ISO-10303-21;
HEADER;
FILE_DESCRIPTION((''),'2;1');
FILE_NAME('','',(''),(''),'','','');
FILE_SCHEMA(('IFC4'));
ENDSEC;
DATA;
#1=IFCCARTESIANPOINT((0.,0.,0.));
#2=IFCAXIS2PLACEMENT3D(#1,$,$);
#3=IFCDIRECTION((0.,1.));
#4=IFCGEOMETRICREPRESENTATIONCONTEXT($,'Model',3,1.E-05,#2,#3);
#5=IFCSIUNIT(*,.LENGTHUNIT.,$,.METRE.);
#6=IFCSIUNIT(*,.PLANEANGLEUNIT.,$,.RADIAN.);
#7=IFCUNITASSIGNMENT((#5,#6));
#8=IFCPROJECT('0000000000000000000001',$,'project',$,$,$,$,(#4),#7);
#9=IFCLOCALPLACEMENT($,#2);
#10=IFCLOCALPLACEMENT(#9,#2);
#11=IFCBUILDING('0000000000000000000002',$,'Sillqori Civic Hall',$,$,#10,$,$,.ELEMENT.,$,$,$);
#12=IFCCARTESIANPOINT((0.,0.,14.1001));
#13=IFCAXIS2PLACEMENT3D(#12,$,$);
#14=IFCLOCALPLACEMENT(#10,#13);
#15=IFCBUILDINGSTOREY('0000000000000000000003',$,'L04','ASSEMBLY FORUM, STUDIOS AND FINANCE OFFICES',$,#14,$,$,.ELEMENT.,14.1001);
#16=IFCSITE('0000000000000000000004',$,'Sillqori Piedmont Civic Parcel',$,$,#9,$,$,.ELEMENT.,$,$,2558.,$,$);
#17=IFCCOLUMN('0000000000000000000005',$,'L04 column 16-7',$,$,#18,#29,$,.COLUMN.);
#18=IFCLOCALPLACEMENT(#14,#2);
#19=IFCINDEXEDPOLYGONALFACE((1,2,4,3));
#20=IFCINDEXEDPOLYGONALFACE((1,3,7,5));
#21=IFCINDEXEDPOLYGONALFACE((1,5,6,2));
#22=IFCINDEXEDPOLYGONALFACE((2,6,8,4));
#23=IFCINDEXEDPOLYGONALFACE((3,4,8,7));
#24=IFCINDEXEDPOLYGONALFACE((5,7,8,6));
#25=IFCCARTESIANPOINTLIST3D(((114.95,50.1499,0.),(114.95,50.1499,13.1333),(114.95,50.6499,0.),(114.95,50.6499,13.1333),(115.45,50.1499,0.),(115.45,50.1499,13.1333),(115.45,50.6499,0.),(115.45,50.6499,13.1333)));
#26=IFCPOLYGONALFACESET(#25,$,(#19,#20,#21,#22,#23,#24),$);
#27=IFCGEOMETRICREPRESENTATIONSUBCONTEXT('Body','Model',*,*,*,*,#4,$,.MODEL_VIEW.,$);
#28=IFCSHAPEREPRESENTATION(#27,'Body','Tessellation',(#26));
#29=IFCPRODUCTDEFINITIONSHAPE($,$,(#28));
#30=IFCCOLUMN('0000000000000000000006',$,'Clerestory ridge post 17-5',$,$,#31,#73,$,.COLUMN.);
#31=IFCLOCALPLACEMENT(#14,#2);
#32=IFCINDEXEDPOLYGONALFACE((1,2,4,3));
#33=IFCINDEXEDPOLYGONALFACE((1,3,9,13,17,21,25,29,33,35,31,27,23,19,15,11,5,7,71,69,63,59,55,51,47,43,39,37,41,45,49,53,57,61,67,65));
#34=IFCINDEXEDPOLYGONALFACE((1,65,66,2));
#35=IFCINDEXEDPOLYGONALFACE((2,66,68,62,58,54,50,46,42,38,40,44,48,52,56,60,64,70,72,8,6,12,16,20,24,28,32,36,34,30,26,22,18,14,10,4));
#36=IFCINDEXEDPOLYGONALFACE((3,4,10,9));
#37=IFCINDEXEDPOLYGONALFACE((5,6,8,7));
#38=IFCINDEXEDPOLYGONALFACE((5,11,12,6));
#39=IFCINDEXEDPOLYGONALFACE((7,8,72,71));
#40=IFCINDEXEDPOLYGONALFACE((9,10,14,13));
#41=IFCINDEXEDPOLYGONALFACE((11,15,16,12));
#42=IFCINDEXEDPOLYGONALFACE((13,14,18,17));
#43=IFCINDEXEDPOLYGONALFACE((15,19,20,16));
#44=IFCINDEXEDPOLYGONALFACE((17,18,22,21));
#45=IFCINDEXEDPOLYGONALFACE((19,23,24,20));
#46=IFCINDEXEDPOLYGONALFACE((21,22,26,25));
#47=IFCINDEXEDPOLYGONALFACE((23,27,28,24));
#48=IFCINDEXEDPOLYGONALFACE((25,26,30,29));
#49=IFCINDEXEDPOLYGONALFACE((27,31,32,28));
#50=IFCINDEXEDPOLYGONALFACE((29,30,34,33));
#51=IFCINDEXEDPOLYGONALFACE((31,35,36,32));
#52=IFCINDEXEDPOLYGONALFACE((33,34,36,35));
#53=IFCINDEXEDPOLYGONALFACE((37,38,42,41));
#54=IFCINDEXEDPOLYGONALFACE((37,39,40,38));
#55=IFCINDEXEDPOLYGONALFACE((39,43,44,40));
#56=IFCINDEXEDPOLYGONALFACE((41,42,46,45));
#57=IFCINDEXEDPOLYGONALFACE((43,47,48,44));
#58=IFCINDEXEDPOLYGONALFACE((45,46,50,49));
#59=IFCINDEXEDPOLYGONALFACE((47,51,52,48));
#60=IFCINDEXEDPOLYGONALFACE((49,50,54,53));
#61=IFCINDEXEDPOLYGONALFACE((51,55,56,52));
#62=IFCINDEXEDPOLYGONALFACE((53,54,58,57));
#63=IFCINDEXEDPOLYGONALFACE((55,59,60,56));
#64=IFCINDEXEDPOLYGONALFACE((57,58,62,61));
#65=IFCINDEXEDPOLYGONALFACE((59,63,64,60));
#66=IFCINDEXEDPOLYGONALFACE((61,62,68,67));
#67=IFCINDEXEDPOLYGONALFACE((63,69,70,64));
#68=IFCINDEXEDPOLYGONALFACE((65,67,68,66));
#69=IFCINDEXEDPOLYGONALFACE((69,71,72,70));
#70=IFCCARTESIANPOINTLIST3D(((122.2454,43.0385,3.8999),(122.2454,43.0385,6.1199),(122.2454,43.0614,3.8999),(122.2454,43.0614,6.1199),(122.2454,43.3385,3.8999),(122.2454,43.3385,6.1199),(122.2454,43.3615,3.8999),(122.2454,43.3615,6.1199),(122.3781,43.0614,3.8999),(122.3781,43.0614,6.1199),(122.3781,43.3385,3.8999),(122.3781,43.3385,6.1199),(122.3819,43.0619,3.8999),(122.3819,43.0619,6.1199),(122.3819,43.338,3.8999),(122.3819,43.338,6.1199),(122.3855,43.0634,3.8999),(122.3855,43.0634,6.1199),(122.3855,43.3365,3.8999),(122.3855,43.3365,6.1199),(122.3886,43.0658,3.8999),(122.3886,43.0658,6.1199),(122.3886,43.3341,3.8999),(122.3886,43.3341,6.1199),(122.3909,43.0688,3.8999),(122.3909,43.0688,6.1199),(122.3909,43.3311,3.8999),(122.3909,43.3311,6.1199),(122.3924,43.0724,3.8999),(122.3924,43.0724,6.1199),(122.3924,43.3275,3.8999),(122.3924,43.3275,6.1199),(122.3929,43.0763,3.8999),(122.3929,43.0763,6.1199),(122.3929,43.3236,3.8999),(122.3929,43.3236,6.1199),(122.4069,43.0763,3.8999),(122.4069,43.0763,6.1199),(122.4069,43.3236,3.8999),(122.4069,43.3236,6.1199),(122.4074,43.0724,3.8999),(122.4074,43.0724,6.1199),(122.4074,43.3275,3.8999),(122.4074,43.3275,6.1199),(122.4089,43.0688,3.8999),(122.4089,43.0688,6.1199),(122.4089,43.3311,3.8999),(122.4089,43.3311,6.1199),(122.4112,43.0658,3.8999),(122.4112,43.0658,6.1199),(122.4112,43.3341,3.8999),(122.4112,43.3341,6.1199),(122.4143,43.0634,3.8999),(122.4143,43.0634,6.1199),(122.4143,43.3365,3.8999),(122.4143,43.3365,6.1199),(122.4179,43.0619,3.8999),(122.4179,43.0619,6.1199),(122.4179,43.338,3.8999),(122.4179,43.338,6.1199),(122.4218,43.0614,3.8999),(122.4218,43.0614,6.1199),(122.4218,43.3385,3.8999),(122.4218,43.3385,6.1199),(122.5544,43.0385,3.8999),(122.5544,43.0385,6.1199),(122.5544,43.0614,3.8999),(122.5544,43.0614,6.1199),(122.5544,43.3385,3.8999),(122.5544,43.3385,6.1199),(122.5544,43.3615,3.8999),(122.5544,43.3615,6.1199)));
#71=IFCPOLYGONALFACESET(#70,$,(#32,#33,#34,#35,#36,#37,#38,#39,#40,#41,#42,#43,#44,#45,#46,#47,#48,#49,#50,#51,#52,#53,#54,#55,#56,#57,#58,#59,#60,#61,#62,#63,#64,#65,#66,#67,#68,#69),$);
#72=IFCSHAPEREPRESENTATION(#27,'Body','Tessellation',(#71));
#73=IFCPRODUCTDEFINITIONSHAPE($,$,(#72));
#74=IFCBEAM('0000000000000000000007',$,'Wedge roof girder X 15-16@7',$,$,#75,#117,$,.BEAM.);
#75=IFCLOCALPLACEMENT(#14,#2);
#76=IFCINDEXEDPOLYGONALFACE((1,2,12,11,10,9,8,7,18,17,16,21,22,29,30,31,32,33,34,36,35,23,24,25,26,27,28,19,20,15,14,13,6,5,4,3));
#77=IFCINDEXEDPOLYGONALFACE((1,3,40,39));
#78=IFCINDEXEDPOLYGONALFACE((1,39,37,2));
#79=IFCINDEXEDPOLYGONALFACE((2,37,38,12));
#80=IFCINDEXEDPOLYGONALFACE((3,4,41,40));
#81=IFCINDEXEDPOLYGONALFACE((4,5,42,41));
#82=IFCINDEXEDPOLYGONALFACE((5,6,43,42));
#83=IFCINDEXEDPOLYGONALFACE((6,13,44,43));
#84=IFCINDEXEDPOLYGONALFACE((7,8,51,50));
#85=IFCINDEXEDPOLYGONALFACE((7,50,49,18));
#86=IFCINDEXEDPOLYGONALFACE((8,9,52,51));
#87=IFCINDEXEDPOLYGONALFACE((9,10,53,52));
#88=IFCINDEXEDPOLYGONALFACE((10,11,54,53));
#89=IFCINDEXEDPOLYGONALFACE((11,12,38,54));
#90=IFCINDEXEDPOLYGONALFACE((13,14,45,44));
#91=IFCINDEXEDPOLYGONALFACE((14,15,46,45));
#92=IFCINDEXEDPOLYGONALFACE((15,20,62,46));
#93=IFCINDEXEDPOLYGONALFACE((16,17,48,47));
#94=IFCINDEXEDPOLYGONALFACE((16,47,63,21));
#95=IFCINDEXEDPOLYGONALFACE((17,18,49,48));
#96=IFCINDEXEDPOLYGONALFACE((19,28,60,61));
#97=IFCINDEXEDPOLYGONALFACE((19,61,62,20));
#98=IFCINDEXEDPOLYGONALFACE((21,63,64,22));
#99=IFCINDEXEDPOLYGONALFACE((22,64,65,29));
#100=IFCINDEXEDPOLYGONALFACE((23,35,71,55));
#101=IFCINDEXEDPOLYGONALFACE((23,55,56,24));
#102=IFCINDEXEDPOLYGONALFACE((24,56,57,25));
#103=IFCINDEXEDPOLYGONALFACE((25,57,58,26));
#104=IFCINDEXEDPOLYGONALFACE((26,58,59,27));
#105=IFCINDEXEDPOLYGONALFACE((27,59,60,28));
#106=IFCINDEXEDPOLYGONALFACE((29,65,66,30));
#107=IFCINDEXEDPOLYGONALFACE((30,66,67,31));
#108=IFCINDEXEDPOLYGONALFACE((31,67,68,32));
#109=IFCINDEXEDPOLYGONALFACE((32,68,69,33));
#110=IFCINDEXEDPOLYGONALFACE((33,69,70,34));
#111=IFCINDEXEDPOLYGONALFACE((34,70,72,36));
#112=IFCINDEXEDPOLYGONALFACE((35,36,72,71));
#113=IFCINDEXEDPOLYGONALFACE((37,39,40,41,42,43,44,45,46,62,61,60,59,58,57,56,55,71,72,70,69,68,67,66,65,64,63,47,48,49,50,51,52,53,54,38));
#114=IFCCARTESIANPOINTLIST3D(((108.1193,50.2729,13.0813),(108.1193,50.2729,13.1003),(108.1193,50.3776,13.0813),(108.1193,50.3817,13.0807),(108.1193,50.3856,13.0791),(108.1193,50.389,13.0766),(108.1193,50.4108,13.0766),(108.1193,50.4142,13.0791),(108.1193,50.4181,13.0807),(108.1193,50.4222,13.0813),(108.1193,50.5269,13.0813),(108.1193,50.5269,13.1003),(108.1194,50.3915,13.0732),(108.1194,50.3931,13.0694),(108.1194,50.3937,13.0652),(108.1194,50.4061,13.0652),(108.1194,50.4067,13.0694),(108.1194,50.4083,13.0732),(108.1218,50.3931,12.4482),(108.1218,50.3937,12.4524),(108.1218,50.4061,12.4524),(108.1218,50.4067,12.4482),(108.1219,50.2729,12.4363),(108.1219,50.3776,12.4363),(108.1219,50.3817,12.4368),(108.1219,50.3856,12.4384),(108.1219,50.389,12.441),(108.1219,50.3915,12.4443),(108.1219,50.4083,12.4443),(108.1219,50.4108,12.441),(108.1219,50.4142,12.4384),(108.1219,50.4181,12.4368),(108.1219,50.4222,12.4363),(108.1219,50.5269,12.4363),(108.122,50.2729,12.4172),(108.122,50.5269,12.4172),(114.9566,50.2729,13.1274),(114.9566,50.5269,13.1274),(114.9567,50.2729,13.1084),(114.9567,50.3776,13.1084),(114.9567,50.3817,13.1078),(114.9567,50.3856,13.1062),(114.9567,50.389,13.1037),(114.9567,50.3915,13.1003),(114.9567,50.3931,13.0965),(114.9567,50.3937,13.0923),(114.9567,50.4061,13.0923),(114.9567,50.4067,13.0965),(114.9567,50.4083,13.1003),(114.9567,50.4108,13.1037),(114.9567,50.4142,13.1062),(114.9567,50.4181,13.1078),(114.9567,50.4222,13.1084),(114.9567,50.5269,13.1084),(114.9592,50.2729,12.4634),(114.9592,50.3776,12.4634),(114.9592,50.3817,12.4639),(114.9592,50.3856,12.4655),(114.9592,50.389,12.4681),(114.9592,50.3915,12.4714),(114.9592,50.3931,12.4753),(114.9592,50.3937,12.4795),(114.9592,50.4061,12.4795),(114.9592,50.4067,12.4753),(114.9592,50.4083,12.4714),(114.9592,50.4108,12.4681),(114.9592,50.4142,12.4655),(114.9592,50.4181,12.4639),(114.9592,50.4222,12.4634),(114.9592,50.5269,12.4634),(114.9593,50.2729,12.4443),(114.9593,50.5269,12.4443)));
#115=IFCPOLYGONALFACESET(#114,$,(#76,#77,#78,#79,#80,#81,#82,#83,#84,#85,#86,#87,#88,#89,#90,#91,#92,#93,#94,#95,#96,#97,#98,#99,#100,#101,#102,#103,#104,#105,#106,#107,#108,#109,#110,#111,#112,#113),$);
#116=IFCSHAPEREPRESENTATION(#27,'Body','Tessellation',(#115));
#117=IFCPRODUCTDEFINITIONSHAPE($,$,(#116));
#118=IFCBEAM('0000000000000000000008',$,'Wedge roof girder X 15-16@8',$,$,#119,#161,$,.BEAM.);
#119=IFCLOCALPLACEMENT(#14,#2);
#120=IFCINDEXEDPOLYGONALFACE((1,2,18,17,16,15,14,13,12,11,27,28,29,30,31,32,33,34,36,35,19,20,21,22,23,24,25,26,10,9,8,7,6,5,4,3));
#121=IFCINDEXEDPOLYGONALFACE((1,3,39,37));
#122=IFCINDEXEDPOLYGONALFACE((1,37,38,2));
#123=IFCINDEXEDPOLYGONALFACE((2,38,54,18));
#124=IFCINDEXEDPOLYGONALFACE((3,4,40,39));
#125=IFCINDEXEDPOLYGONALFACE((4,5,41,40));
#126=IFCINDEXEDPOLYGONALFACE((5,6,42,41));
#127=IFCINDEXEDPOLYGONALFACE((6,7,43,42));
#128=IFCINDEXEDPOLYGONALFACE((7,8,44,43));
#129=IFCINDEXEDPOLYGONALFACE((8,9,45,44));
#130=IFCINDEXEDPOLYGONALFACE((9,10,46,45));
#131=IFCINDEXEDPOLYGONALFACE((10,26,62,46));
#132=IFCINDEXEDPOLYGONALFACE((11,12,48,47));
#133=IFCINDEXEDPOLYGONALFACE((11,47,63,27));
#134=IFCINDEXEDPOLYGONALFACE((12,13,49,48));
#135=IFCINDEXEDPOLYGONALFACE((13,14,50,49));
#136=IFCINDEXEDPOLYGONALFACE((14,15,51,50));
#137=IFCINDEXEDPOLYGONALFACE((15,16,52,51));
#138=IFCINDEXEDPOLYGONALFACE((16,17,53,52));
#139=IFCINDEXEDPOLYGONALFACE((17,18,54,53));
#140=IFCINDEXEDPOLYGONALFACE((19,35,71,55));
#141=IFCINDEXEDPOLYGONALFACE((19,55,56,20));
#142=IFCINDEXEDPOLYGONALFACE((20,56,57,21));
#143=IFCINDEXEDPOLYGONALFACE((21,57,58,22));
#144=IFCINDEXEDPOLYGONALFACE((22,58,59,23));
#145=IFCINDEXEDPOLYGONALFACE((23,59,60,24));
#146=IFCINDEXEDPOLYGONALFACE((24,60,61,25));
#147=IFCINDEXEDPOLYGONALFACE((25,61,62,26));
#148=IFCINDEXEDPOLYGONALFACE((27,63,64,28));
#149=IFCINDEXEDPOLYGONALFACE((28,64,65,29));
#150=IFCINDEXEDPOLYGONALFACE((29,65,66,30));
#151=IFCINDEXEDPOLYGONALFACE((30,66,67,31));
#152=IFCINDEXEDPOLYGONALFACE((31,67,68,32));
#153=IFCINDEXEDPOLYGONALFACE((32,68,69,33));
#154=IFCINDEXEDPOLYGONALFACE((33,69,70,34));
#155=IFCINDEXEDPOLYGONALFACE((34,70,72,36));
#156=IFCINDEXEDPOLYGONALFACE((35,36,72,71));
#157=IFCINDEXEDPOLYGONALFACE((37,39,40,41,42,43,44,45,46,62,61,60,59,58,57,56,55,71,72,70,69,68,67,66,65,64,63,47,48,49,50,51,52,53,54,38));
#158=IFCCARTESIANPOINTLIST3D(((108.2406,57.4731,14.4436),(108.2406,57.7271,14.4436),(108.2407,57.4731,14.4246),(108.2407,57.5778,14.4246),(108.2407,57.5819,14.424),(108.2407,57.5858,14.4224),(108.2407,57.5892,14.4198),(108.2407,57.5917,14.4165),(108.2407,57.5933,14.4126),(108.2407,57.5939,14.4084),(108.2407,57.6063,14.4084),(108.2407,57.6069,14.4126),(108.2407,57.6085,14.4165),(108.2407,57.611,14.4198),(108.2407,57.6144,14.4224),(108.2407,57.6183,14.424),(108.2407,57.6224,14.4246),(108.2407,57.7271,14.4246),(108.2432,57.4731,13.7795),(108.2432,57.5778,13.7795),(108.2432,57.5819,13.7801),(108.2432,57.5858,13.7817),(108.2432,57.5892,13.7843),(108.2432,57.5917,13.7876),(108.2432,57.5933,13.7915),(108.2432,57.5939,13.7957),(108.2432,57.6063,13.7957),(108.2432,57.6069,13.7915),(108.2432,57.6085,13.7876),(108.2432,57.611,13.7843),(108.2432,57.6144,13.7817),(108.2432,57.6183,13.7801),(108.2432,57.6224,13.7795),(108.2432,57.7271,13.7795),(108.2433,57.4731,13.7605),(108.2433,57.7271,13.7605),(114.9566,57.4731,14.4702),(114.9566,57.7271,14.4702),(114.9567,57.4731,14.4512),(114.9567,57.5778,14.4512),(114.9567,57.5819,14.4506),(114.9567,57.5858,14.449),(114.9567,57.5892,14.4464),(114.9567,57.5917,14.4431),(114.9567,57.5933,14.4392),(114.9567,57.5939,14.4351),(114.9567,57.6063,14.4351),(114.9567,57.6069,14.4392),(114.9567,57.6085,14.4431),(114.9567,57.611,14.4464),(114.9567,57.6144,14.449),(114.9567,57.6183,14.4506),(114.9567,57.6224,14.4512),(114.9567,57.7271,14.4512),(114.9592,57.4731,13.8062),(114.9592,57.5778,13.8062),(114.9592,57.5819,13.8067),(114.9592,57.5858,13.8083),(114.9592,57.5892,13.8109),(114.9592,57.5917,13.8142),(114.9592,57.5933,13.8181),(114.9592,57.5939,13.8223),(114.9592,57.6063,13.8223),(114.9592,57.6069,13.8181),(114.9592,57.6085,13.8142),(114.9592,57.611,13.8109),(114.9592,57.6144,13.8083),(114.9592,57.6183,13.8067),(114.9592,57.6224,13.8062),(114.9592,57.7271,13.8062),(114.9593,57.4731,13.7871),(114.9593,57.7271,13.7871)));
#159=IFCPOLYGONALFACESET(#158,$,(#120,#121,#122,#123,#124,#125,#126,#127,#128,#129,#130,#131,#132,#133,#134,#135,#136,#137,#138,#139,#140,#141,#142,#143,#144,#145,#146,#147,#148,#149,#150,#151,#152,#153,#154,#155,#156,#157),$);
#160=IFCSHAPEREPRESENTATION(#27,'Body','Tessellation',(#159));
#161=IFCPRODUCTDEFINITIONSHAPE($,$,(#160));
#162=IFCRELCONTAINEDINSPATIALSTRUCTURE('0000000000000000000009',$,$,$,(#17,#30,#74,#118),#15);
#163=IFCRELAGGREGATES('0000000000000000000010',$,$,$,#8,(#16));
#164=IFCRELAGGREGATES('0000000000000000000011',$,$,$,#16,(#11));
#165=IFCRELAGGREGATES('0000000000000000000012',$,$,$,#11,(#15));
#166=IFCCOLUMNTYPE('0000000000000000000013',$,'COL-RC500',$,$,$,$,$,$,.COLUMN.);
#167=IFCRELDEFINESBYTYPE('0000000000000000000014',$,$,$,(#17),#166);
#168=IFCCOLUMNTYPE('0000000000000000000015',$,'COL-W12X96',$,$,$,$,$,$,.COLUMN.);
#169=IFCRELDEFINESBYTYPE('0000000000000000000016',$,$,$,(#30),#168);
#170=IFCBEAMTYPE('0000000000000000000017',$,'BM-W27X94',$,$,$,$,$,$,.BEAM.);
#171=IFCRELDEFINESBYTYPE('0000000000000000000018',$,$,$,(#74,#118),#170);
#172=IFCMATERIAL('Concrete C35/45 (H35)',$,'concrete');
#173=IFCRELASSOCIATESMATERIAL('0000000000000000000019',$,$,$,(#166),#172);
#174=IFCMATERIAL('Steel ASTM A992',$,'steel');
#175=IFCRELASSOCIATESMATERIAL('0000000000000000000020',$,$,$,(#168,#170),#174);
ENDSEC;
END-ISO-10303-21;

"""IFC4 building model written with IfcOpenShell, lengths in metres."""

from ifc_helpers import new_model, si_unit, direction, frame, origin, origin_2d, place, context, subcontext, project, spatial, rectangle, i_section, extrude, material, material_profile, profile_set, type_object, element, save


model = new_model("IFC4")

# Units and contexts
model_context = context("Model", 3, precision=1e-05, world=origin(), true_north=direction((0.0, 1.0)))
body_context = subcontext(model_context, "Body", "Model", "MODEL_VIEW")
ifc_project = project(units=[si_unit("LENGTHUNIT", "METRE"), si_unit("PLANEANGLEUNIT", "RADIAN")], contexts=[model_context])

# Site, building, storey
site_placement = place(None, origin())
site = spatial("IfcSite", under=ifc_project, at=site_placement, Name="Sillqori Piedmont Civic Parcel", CompositionType="ELEMENT", RefElevation=2558.0)
building_placement = place(site_placement, origin())
building = spatial("IfcBuilding", under=site, at=building_placement, Name="Sillqori Civic Hall", CompositionType="ELEMENT")
storey_placement = place(building_placement, frame((0.0, 0.0, 14.1001)))
storey = spatial("IfcBuildingStorey", under=building, at=storey_placement, Name="L04", Description="ASSEMBLY FORUM, STUDIOS AND FINANCE OFFICES", CompositionType="ELEMENT", Elevation=14.1001)

# Columns
ifc_material_1 = material(Name="Concrete C35/45 (H35)", Category="concrete")
ifc_material_profile_1 = material_profile(ifc_material_1, rectangle(XDim=0.5, YDim=0.5, at=origin_2d()), Name="RC 500x500")
ifc_profile_set_1 = profile_set([ifc_material_profile_1], Name="Concrete C35/45 (H35)")
column_type_1 = type_object("IfcColumnType", Name="COL-RC500", PredefinedType="COLUMN", material=ifc_profile_set_1)
column_1_placement = place(storey_placement, frame((115.2, 50.3999, 0.0), z_axis=(0.0, 0.0, 1.0), x_axis=(1.0, 0.0, 0.0)))
element("IfcColumn", 1, at=column_1_placement, inside=storey, type_object=column_type_1, Name="L04 column 16-7", PredefinedType="COLUMN", context=body_context, shape_type="SweptSolid", body=[
    extrude(rectangle(XDim=0.5, YDim=0.5, at=origin_2d()), origin(), (0.0, 0.0, 1.0), 13.1333),
])
ifc_material_2 = material(Name="Steel ASTM A992", Category="steel")
ifc_material_profile_2 = material_profile(ifc_material_2, i_section(OverallWidth=0.3091, OverallDepth=0.323, WebThickness=0.0139, FlangeThickness=0.0229, FilletRadius=0.0149, at=origin_2d()), Name="W12X96")
ifc_profile_set_2 = profile_set([ifc_material_profile_2], Name="Steel ASTM A992")
column_type_2 = type_object("IfcColumnType", Name="COL-W12X96", PredefinedType="COLUMN", material=ifc_profile_set_2)
column_2_placement = place(storey_placement, frame((122.3999, 43.2, 3.8999), z_axis=(0.0, 0.0, 1.0), x_axis=(1.0, 0.0, 0.0)))
element("IfcColumn", 2, at=column_2_placement, inside=storey, type_object=column_type_2, Name="Clerestory ridge post 17-5", PredefinedType="COLUMN", context=body_context, shape_type="SweptSolid", body=[
    extrude(i_section(OverallWidth=0.3091, OverallDepth=0.323, WebThickness=0.0139, FlangeThickness=0.0229, FilletRadius=0.0149, at=origin_2d()), origin(), (0.0, 0.0, 1.0), 2.22),
])

# Beams
ifc_material_profile_3 = material_profile(ifc_material_2, i_section(OverallWidth=0.2539, OverallDepth=0.6831, WebThickness=0.0125, FlangeThickness=0.019, FilletRadius=0.0161, at=origin_2d()), Name="W27X94")
ifc_profile_set_3 = profile_set([ifc_material_profile_3], Name="Steel ASTM A992")
beam_type = type_object("IfcBeamType", Name="BM-W27X94", PredefinedType="BEAM", material=ifc_profile_set_3)
beam_1_placement = place(storey_placement, frame((108.1206, 50.3999, 12.7588), z_axis=(0.999992, 0.0, 0.003963), x_axis=(0.0, 1.0, 0.0)))
element("IfcBeam", 3, at=beam_1_placement, inside=storey, type_object=beam_type, Name="Wedge roof girder X 15-16@7", PredefinedType="BEAM", context=body_context, shape_type="SweptSolid", body=[
    extrude(i_section(OverallWidth=0.2539, OverallDepth=0.6831, WebThickness=0.0125, FlangeThickness=0.019, FilletRadius=0.0161, at=origin_2d()), origin(), (0.0, 0.0, 1.0), 6.8374),
])
beam_2_placement = place(storey_placement, frame((108.2419, 57.6001, 14.1021), z_axis=(0.999992, 0.0, 0.003962), x_axis=(0.0, 1.0, 0.0)))
element("IfcBeam", 4, at=beam_2_placement, inside=storey, type_object=beam_type, Name="Wedge roof girder X 15-16@8", PredefinedType="BEAM", context=body_context, shape_type="SweptSolid", body=[
    extrude(i_section(OverallWidth=0.2539, OverallDepth=0.6831, WebThickness=0.0125, FlangeThickness=0.019, FilletRadius=0.0161, at=origin_2d()), origin(), (0.0, 0.0, 1.0), 6.7161),
])

save(model, "model.ifc")
